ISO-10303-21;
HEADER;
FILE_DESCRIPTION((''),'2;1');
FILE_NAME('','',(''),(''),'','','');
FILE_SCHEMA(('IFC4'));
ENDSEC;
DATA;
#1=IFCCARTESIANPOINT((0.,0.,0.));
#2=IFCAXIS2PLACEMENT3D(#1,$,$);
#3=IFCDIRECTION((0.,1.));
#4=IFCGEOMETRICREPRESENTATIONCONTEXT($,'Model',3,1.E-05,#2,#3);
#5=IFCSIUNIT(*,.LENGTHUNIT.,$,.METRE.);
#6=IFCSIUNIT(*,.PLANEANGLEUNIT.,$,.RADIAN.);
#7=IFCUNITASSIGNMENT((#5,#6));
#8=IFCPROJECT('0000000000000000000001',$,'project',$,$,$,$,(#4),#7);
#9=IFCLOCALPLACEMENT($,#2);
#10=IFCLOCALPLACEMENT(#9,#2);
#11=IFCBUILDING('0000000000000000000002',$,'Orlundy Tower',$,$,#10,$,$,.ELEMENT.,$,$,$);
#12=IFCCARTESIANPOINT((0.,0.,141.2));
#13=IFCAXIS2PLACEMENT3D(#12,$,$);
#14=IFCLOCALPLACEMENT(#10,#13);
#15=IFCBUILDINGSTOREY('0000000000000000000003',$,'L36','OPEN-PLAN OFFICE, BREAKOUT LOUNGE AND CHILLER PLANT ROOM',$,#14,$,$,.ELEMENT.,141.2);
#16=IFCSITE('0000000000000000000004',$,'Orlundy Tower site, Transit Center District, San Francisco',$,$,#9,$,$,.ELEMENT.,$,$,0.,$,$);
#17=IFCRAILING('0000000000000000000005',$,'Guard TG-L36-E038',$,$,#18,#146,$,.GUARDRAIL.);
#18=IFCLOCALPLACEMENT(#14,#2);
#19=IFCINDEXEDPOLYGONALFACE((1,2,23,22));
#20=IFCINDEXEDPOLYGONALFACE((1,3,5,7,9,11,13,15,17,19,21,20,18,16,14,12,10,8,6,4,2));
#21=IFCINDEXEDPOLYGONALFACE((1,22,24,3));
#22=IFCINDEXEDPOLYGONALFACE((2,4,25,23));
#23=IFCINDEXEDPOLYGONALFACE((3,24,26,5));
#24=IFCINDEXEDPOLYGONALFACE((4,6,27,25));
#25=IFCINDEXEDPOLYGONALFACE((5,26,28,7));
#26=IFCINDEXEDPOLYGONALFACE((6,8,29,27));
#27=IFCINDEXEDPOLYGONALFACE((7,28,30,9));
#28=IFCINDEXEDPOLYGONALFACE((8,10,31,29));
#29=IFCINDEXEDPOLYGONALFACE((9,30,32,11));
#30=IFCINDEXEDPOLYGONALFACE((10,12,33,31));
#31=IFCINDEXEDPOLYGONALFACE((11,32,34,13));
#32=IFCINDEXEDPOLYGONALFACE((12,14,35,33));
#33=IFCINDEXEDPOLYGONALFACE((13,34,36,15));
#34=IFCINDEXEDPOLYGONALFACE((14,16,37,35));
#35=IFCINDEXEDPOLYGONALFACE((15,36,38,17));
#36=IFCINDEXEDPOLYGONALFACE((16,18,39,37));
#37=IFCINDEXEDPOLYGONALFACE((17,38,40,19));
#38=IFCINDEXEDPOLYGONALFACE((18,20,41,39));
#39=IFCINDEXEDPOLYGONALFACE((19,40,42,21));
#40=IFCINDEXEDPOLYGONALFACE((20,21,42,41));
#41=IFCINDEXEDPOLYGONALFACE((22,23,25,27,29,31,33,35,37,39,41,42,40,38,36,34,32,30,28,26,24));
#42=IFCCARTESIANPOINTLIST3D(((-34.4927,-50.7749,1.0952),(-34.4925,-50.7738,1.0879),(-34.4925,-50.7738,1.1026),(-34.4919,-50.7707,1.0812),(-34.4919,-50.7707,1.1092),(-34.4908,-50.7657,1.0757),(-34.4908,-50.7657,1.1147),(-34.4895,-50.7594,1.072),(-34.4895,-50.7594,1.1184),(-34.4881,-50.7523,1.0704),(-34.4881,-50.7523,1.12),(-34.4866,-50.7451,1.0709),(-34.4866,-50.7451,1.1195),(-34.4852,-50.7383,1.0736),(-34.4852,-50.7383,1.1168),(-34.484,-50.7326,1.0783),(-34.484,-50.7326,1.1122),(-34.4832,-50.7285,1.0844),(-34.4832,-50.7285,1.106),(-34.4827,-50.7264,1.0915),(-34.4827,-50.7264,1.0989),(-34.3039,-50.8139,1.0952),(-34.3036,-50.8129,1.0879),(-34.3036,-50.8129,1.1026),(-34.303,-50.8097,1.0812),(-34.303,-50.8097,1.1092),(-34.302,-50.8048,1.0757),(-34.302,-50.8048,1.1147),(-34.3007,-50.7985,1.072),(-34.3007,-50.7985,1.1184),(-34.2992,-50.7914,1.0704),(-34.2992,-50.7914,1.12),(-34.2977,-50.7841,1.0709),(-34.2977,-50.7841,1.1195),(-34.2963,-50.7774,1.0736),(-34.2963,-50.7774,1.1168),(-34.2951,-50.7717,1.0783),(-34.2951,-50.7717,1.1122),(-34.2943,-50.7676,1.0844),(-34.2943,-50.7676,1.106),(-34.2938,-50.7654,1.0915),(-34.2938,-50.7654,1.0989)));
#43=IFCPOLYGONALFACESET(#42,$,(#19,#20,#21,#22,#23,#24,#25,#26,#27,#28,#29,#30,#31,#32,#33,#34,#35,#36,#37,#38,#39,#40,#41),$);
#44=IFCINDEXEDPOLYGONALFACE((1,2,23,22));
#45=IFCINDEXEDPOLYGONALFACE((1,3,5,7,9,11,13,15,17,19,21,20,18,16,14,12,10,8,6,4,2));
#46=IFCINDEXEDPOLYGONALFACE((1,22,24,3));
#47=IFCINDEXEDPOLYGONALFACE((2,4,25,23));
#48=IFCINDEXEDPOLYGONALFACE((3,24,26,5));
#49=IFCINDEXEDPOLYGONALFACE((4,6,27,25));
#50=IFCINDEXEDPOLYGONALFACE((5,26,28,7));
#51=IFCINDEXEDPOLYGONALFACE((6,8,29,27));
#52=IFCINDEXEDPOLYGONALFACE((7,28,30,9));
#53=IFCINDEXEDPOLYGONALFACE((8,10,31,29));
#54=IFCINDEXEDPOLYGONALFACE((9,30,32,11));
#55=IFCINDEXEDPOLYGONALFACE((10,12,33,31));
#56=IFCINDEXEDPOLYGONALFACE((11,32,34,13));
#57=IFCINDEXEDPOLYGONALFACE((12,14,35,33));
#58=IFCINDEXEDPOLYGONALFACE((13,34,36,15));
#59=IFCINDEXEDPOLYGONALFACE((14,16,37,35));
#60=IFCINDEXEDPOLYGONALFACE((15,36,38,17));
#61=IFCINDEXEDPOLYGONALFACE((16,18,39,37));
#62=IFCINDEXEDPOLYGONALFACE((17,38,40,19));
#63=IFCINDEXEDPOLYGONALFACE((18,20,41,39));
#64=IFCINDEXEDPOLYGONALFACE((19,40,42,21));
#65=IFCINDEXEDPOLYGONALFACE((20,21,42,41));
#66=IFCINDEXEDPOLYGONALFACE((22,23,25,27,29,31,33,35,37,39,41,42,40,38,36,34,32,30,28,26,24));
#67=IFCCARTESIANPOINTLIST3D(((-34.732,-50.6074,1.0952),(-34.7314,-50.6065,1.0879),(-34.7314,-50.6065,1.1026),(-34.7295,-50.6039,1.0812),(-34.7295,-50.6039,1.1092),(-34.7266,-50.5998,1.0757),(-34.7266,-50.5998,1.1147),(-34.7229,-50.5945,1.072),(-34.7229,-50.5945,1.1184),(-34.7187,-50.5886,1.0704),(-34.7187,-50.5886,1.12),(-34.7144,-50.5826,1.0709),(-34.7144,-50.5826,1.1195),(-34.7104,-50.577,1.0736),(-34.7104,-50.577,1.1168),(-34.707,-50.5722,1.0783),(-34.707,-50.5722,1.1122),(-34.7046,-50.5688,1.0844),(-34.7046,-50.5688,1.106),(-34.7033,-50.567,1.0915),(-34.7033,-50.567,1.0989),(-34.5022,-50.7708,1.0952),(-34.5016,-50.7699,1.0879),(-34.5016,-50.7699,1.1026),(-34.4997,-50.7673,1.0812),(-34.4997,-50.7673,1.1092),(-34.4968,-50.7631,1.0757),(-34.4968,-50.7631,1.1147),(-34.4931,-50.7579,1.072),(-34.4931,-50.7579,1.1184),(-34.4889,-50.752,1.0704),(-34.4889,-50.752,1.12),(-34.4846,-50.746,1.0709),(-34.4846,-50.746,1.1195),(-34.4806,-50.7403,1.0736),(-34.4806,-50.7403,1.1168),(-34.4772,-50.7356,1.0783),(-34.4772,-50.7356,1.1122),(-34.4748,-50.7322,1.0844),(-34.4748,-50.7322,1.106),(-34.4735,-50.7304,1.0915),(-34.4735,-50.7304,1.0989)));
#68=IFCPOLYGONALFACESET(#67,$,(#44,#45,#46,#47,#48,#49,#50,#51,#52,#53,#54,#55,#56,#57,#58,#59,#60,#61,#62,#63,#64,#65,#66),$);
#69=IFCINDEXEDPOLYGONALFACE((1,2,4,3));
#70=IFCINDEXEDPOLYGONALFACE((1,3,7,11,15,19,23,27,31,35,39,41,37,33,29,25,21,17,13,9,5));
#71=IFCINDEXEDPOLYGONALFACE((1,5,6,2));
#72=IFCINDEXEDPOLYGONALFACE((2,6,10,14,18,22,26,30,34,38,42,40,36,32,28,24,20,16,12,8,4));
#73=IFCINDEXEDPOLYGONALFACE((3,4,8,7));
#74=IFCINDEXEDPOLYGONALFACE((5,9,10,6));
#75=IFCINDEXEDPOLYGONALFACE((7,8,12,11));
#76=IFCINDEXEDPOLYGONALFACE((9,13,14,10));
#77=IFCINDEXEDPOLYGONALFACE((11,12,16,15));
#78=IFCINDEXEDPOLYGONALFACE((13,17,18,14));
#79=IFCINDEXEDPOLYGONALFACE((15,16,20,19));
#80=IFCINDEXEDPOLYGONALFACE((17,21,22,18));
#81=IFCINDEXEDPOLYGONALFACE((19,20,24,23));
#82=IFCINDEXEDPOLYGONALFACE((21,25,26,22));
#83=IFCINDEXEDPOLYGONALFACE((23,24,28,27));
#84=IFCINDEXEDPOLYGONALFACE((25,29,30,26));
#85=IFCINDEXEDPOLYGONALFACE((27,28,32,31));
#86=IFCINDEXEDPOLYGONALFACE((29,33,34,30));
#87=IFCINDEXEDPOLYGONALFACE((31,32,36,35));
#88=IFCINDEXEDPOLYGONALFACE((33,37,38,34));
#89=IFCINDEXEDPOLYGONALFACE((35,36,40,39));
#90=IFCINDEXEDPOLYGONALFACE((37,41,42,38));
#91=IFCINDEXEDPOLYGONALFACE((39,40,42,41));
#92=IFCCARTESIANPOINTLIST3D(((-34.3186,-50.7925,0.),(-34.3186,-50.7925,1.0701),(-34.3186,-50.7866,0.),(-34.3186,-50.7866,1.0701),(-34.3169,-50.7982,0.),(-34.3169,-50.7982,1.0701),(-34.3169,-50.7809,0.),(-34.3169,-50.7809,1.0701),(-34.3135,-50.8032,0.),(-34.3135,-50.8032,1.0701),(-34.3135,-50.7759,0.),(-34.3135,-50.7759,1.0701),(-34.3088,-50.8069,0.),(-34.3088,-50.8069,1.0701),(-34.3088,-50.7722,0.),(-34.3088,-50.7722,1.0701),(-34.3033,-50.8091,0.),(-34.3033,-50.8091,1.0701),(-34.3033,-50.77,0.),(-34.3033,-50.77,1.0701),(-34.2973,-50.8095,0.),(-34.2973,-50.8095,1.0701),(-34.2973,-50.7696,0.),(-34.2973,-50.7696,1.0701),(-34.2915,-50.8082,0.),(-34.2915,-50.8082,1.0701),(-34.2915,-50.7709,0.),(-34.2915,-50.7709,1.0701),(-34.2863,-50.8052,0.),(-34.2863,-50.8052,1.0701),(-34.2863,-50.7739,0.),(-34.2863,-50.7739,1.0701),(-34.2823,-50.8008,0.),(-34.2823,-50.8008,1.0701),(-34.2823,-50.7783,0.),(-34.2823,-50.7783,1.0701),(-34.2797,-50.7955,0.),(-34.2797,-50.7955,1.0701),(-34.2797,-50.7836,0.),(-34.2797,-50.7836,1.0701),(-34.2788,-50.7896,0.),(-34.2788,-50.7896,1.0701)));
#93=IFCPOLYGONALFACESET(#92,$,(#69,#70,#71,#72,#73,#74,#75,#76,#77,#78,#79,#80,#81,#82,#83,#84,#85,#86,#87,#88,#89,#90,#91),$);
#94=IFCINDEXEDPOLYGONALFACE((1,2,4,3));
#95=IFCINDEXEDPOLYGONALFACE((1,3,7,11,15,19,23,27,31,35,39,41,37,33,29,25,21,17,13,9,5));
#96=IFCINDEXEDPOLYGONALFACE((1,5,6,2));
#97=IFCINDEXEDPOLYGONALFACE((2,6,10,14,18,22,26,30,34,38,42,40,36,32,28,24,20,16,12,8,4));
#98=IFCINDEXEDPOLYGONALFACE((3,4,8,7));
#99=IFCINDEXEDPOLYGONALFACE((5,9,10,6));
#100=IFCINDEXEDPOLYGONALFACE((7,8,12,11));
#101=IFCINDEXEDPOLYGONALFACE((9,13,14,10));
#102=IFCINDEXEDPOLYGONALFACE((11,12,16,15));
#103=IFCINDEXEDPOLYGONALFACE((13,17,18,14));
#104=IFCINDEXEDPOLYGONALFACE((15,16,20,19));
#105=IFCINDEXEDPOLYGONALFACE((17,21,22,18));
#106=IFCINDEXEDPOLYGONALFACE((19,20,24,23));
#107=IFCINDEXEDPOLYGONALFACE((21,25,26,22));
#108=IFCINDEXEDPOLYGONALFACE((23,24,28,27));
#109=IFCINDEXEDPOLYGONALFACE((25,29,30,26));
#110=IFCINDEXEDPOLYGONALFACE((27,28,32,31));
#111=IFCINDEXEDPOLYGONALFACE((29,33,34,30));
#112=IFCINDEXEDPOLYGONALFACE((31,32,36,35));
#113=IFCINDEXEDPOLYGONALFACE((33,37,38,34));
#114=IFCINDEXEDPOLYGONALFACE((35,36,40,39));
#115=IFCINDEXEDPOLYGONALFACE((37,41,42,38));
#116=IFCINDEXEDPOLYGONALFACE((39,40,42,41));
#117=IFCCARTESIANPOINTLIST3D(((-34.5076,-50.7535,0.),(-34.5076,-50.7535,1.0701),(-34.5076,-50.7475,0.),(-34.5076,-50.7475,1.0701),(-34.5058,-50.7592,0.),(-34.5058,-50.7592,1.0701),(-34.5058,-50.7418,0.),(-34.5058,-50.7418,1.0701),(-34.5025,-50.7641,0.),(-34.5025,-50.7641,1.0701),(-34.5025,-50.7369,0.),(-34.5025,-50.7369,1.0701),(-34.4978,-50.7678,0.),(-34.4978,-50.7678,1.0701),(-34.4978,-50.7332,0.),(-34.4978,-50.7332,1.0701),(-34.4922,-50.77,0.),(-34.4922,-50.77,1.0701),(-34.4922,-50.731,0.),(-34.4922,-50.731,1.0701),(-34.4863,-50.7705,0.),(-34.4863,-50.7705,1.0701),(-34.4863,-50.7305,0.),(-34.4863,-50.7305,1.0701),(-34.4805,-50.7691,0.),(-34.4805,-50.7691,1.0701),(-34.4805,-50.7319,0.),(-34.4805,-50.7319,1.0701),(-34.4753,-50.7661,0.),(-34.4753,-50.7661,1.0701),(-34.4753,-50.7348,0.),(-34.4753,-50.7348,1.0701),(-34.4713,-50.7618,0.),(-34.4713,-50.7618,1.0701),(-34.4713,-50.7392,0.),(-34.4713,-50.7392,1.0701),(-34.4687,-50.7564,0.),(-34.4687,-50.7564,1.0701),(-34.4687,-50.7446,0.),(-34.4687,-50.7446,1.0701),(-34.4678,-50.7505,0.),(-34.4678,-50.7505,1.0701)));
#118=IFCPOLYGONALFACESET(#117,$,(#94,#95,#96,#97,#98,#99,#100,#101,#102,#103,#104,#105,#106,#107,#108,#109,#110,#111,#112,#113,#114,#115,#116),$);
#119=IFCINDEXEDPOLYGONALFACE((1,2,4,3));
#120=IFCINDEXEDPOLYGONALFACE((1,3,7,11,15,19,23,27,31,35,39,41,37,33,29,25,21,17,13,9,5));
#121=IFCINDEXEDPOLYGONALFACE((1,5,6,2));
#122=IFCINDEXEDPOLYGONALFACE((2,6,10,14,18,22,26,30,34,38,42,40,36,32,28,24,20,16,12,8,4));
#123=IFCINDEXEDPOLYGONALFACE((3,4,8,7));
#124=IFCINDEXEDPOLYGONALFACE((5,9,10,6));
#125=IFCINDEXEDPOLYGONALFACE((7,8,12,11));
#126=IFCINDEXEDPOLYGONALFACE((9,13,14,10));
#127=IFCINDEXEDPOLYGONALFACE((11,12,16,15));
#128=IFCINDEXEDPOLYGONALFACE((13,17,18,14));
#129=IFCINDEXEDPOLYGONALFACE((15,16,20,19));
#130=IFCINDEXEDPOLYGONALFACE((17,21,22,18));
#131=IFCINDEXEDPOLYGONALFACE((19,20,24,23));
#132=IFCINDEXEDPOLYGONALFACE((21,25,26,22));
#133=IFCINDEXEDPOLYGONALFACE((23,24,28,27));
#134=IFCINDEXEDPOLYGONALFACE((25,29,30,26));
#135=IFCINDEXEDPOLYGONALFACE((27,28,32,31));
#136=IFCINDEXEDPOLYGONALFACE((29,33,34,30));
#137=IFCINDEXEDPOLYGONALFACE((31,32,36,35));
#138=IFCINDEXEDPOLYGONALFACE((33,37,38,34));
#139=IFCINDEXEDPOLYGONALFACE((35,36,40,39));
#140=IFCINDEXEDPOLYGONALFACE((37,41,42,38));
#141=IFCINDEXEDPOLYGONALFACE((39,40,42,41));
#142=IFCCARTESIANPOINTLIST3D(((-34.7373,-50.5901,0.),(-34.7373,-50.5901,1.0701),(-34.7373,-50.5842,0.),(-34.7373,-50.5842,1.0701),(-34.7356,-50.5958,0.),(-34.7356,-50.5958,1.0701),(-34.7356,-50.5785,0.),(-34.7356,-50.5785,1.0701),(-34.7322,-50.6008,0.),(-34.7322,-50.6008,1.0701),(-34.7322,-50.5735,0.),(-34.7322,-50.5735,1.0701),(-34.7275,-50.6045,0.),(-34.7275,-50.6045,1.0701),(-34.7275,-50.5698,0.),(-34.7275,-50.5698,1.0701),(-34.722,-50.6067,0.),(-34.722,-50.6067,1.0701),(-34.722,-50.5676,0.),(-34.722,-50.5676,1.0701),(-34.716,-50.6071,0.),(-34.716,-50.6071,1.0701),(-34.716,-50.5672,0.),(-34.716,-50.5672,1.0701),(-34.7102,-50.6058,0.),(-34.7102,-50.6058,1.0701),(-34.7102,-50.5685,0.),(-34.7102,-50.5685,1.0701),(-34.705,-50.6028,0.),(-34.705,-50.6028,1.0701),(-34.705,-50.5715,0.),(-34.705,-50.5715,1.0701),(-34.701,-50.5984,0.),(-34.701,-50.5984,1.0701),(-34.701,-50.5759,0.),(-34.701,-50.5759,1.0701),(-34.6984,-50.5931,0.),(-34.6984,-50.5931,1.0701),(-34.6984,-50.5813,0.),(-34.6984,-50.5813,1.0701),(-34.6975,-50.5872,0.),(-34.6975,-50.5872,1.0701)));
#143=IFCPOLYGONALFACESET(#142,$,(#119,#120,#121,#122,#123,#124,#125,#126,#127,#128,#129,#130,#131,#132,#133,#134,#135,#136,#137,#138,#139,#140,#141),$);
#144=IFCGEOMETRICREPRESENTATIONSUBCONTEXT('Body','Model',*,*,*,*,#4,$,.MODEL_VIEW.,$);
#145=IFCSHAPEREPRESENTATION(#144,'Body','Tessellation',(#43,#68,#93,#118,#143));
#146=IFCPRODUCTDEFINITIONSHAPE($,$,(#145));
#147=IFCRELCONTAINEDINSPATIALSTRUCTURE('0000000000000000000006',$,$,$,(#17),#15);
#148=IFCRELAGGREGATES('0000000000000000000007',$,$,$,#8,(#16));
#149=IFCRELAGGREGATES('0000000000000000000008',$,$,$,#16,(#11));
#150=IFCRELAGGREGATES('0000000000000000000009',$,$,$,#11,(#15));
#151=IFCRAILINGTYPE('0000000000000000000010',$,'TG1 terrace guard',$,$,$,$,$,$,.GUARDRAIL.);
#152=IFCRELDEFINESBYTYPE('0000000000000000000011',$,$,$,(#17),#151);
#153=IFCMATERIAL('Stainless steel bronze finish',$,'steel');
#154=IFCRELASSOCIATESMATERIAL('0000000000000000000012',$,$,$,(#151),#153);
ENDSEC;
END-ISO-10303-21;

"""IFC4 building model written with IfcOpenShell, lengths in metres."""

from ifc_helpers import new_model, si_unit, direction, frame, origin, origin_2d, place, context, subcontext, project, spatial, circle, extrude, material, type_object, element, save


model = new_model("IFC4")

# Units and contexts
model_context = context("Model", 3, precision=1e-05, world=origin(), true_north=direction((0.0, 1.0)))
body_context = subcontext(model_context, "Body", "Model", "MODEL_VIEW")
ifc_project = project(units=[si_unit("LENGTHUNIT", "METRE"), si_unit("PLANEANGLEUNIT", "RADIAN")], contexts=[model_context])

# Site, building, storey
site_placement = place(None, origin())
site = spatial("IfcSite", under=ifc_project, at=site_placement, Name="Orlundy Tower site, Transit Center District, San Francisco", CompositionType="ELEMENT", RefElevation=0.0)
building_placement = place(site_placement, origin())
building = spatial("IfcBuilding", under=site, at=building_placement, Name="Orlundy Tower", CompositionType="ELEMENT")
storey_placement = place(building_placement, frame((0.0, 0.0, 141.2)))
storey = spatial("IfcBuildingStorey", under=building, at=storey_placement, Name="L36", Description="OPEN-PLAN OFFICE, BREAKOUT LOUNGE AND CHILLER PLANT ROOM", CompositionType="ELEMENT", Elevation=141.2)

# Railing
ifc_material_1 = material(Name="Stainless steel bronze finish", Category="steel")
railing_type = type_object("IfcRailingType", Name="TG1 terrace guard", PredefinedType="GUARDRAIL", material=ifc_material_1)
railing_1_placement = place(storey_placement, frame((-34.2988, -50.7896, 0.0)))
element("IfcRailing", 1, at=railing_1_placement, inside=storey, type_object=railing_type, Name="Guard TG-L36-E038", PredefinedType="GUARDRAIL", context=body_context, shape_type="SweptSolid", body=[
    extrude(circle(Radius=0.0249, at=origin_2d()), frame((0.0, 0.0, 1.0952), z_axis=(-0.979295, 0.202438, 0.0), x_axis=(-0.202438, -0.979295, 0.0)), (0.0, 0.0, 1.0), 0.1929),
    extrude(circle(Radius=0.0249, at=origin_2d()), frame((-0.189, 0.0391, 1.0952), z_axis=(-0.815019, 0.579434, 0.0), x_axis=(-0.579434, -0.815019, 0.0)), (0.0, 0.0, 1.0), 0.282),
    extrude(circle(Radius=0.02, at=origin_2d()), origin(), (0.0, 0.0, 1.0), 1.0701),
    extrude(circle(Radius=0.02, at=origin_2d()), frame((-0.189, 0.0391, 0.0)), (0.0, 0.0, 1.0), 1.0701),
    extrude(circle(Radius=0.02, at=origin_2d()), frame((-0.4187, 0.2024, 0.0)), (0.0, 0.0, 1.0), 1.0701),
])

save(model, "model.ifc")
